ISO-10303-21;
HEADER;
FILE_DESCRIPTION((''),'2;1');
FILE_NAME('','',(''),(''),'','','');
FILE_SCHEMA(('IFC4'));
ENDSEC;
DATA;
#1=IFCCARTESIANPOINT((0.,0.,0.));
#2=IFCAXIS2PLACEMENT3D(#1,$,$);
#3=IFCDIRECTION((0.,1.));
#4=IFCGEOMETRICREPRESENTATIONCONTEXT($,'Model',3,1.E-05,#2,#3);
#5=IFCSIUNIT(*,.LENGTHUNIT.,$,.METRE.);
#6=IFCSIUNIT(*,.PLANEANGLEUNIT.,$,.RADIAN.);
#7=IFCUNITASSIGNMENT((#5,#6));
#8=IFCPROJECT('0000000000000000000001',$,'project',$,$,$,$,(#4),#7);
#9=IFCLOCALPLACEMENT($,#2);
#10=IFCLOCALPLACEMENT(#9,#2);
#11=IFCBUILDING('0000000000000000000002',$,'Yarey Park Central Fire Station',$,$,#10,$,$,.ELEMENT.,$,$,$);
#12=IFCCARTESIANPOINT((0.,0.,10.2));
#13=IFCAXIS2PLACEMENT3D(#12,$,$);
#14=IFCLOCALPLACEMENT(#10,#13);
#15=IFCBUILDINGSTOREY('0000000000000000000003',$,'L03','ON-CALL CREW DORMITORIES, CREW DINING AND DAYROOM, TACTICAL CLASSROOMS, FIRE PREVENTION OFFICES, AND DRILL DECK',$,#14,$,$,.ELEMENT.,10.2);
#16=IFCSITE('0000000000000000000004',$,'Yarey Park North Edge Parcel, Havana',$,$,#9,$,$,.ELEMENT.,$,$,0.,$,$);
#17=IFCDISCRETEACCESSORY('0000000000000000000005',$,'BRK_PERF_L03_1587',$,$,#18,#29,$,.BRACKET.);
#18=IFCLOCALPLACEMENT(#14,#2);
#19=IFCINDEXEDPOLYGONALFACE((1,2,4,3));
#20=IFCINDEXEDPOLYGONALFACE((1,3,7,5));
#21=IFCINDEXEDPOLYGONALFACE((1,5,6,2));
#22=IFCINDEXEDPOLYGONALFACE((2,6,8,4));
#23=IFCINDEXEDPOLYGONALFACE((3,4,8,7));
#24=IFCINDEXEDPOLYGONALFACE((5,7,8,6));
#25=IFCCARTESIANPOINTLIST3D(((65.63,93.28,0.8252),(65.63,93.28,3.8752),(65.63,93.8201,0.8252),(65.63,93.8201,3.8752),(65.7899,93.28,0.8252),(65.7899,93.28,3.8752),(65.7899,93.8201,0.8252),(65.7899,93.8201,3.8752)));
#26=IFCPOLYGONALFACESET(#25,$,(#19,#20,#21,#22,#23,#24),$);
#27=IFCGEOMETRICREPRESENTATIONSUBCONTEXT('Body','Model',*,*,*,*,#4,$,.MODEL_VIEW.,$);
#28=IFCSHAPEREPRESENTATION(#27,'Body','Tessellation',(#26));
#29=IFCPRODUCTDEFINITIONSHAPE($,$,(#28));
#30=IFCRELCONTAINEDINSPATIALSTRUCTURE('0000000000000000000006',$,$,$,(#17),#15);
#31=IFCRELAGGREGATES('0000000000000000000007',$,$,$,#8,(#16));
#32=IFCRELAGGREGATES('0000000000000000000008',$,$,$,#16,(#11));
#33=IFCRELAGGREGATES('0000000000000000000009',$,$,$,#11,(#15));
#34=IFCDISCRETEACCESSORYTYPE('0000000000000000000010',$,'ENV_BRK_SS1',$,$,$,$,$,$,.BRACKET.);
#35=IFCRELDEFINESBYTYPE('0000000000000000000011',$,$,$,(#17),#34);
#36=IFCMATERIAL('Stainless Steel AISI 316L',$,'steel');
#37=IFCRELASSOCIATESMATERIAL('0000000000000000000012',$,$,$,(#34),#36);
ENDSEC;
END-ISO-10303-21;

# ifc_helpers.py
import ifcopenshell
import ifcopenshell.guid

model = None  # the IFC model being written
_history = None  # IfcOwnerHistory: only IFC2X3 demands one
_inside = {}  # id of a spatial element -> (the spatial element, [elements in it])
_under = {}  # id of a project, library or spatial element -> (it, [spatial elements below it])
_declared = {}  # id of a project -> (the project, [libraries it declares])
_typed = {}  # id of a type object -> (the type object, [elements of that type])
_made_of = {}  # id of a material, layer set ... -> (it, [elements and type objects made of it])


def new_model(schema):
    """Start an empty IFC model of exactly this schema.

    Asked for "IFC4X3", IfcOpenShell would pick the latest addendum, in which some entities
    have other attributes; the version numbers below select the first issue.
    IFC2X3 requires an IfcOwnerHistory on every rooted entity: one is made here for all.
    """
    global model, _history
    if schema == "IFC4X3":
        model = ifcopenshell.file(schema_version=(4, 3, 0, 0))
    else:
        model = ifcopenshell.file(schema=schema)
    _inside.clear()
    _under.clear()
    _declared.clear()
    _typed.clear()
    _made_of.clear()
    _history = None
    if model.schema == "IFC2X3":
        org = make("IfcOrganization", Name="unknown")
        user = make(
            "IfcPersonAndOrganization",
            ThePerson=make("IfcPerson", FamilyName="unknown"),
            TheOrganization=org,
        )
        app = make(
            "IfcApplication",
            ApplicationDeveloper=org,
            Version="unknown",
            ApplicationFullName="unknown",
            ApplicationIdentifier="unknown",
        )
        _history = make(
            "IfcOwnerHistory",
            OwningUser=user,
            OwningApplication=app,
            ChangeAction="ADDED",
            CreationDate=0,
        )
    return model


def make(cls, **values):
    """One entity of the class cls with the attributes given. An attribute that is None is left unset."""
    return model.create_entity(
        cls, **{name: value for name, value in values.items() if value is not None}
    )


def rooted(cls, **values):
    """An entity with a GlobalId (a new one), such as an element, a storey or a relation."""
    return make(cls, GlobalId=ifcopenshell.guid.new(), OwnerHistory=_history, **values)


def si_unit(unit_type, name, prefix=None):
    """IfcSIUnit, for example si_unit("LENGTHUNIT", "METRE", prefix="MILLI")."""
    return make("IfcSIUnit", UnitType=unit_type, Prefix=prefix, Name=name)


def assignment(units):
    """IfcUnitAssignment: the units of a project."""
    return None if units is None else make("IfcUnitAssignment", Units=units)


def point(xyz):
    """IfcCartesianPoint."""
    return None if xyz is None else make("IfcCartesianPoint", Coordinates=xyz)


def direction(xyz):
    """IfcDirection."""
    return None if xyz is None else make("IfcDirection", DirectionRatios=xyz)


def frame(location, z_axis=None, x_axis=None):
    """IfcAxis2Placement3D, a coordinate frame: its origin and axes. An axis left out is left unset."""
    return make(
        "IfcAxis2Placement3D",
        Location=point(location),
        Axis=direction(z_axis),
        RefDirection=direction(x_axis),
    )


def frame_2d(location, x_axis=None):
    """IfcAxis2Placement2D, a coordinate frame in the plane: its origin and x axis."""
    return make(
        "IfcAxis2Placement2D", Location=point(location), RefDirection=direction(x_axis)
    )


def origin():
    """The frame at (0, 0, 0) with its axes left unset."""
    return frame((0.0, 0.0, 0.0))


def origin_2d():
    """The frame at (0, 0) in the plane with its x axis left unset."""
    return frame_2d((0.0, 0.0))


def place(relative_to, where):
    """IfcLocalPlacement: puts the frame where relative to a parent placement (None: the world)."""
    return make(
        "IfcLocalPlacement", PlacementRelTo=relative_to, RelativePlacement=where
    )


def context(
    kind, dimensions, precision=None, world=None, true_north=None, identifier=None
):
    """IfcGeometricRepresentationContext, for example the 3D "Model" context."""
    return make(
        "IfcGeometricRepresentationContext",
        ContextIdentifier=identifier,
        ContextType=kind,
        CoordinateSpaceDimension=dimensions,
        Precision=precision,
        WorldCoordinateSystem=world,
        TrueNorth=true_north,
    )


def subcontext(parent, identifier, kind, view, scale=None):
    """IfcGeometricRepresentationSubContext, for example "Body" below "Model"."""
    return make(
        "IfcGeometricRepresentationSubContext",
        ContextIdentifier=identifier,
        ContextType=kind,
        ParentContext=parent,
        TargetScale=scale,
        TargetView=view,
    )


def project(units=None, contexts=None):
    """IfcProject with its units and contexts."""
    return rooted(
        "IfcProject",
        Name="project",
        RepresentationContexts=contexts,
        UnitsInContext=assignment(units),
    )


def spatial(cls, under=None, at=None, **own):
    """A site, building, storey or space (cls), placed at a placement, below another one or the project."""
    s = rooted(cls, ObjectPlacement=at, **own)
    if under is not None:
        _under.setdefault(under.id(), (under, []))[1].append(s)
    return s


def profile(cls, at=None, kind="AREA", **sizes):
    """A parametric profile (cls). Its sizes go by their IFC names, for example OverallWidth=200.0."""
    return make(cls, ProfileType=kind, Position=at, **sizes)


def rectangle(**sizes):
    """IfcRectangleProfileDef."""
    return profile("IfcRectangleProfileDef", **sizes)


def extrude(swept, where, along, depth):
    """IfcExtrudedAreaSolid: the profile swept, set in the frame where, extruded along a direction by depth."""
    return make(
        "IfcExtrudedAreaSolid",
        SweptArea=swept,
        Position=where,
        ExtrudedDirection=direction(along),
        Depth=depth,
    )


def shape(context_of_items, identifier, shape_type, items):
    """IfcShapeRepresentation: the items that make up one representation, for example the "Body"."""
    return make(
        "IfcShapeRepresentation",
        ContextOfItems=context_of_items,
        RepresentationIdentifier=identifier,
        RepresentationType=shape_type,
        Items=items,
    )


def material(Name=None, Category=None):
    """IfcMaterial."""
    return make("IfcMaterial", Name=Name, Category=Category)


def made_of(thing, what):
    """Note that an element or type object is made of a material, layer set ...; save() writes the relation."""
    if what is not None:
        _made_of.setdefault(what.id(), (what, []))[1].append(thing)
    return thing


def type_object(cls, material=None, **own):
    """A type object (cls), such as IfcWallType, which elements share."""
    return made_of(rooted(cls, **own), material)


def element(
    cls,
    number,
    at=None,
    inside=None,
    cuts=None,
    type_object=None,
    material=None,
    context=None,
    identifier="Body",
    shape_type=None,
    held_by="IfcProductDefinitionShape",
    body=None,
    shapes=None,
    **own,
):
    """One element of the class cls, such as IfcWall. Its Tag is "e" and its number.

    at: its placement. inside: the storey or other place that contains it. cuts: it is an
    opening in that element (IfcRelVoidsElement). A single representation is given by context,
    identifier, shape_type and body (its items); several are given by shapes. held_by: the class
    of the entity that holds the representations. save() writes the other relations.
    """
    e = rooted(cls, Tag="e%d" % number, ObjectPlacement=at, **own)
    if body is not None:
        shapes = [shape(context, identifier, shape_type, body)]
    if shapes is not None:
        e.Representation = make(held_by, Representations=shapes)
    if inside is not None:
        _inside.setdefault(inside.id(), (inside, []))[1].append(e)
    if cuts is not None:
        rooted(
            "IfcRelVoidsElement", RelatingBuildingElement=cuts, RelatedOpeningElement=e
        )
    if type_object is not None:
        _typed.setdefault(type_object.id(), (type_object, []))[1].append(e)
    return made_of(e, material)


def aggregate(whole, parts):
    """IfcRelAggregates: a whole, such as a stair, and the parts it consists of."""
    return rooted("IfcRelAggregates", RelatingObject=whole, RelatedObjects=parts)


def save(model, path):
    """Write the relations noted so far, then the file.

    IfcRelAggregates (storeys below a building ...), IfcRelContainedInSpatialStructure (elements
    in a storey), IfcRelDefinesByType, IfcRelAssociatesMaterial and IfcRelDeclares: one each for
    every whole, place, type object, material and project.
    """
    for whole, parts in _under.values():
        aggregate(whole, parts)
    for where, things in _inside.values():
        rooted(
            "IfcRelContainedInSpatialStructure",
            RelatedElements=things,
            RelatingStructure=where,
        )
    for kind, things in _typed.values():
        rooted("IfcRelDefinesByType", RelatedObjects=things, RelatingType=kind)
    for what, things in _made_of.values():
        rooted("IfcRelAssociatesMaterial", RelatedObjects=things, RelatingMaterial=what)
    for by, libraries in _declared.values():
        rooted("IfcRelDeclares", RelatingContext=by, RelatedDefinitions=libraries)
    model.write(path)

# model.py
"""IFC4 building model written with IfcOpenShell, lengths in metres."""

from ifc_helpers import new_model, si_unit, direction, frame, origin, origin_2d, place, context, subcontext, project, spatial, rectangle, extrude, material, type_object, element, save


model = new_model("IFC4")

# Units and contexts
model_context = context("Model", 3, precision=1e-05, world=origin(), true_north=direction((0.0, 1.0)))
body_context = subcontext(model_context, "Body", "Model", "MODEL_VIEW")
ifc_project = project(units=[si_unit("LENGTHUNIT", "METRE"), si_unit("PLANEANGLEUNIT", "RADIAN")], contexts=[model_context])

# Site, building, storey
site_placement = place(None, origin())
site = spatial("IfcSite", under=ifc_project, at=site_placement, Name="Yarey Park North Edge Parcel, Havana", CompositionType="ELEMENT", RefElevation=0.0)
building_placement = place(site_placement, origin())
building = spatial("IfcBuilding", under=site, at=building_placement, Name="Yarey Park Central Fire Station", CompositionType="ELEMENT")
storey_placement = place(building_placement, frame((0.0, 0.0, 10.2)))
storey = spatial("IfcBuildingStorey", under=building, at=storey_placement, Name="L03", Description="ON-CALL CREW DORMITORIES, CREW DINING AND DAYROOM, TACTICAL CLASSROOMS, FIRE PREVENTION OFFICES, AND DRILL DECK", CompositionType="ELEMENT", Elevation=10.2)

# Discrete accessory
ifc_material_1 = material(Name="Stainless Steel AISI 316L", Category="steel")
discrete_accessory_type = type_object("IfcDiscreteAccessoryType", Name="ENV_BRK_SS1", PredefinedType="BRACKET", material=ifc_material_1)
discrete_accessory_1_placement = place(storey_placement, frame((65.71, 93.55, 0.8252), z_axis=(0.0, 0.0, 1.0), x_axis=(1.0, 0.0, 0.0)))
element("IfcDiscreteAccessory", 1, at=discrete_accessory_1_placement, inside=storey, type_object=discrete_accessory_type, Name="BRK_PERF_L03_1587", PredefinedType="BRACKET", context=body_context, shape_type="SweptSolid", body=[
    extrude(rectangle(XDim=0.1599, YDim=0.54, at=origin_2d()), origin(), (0.0, 0.0, 1.0), 3.05),
])

save(model, "model.ifc")
